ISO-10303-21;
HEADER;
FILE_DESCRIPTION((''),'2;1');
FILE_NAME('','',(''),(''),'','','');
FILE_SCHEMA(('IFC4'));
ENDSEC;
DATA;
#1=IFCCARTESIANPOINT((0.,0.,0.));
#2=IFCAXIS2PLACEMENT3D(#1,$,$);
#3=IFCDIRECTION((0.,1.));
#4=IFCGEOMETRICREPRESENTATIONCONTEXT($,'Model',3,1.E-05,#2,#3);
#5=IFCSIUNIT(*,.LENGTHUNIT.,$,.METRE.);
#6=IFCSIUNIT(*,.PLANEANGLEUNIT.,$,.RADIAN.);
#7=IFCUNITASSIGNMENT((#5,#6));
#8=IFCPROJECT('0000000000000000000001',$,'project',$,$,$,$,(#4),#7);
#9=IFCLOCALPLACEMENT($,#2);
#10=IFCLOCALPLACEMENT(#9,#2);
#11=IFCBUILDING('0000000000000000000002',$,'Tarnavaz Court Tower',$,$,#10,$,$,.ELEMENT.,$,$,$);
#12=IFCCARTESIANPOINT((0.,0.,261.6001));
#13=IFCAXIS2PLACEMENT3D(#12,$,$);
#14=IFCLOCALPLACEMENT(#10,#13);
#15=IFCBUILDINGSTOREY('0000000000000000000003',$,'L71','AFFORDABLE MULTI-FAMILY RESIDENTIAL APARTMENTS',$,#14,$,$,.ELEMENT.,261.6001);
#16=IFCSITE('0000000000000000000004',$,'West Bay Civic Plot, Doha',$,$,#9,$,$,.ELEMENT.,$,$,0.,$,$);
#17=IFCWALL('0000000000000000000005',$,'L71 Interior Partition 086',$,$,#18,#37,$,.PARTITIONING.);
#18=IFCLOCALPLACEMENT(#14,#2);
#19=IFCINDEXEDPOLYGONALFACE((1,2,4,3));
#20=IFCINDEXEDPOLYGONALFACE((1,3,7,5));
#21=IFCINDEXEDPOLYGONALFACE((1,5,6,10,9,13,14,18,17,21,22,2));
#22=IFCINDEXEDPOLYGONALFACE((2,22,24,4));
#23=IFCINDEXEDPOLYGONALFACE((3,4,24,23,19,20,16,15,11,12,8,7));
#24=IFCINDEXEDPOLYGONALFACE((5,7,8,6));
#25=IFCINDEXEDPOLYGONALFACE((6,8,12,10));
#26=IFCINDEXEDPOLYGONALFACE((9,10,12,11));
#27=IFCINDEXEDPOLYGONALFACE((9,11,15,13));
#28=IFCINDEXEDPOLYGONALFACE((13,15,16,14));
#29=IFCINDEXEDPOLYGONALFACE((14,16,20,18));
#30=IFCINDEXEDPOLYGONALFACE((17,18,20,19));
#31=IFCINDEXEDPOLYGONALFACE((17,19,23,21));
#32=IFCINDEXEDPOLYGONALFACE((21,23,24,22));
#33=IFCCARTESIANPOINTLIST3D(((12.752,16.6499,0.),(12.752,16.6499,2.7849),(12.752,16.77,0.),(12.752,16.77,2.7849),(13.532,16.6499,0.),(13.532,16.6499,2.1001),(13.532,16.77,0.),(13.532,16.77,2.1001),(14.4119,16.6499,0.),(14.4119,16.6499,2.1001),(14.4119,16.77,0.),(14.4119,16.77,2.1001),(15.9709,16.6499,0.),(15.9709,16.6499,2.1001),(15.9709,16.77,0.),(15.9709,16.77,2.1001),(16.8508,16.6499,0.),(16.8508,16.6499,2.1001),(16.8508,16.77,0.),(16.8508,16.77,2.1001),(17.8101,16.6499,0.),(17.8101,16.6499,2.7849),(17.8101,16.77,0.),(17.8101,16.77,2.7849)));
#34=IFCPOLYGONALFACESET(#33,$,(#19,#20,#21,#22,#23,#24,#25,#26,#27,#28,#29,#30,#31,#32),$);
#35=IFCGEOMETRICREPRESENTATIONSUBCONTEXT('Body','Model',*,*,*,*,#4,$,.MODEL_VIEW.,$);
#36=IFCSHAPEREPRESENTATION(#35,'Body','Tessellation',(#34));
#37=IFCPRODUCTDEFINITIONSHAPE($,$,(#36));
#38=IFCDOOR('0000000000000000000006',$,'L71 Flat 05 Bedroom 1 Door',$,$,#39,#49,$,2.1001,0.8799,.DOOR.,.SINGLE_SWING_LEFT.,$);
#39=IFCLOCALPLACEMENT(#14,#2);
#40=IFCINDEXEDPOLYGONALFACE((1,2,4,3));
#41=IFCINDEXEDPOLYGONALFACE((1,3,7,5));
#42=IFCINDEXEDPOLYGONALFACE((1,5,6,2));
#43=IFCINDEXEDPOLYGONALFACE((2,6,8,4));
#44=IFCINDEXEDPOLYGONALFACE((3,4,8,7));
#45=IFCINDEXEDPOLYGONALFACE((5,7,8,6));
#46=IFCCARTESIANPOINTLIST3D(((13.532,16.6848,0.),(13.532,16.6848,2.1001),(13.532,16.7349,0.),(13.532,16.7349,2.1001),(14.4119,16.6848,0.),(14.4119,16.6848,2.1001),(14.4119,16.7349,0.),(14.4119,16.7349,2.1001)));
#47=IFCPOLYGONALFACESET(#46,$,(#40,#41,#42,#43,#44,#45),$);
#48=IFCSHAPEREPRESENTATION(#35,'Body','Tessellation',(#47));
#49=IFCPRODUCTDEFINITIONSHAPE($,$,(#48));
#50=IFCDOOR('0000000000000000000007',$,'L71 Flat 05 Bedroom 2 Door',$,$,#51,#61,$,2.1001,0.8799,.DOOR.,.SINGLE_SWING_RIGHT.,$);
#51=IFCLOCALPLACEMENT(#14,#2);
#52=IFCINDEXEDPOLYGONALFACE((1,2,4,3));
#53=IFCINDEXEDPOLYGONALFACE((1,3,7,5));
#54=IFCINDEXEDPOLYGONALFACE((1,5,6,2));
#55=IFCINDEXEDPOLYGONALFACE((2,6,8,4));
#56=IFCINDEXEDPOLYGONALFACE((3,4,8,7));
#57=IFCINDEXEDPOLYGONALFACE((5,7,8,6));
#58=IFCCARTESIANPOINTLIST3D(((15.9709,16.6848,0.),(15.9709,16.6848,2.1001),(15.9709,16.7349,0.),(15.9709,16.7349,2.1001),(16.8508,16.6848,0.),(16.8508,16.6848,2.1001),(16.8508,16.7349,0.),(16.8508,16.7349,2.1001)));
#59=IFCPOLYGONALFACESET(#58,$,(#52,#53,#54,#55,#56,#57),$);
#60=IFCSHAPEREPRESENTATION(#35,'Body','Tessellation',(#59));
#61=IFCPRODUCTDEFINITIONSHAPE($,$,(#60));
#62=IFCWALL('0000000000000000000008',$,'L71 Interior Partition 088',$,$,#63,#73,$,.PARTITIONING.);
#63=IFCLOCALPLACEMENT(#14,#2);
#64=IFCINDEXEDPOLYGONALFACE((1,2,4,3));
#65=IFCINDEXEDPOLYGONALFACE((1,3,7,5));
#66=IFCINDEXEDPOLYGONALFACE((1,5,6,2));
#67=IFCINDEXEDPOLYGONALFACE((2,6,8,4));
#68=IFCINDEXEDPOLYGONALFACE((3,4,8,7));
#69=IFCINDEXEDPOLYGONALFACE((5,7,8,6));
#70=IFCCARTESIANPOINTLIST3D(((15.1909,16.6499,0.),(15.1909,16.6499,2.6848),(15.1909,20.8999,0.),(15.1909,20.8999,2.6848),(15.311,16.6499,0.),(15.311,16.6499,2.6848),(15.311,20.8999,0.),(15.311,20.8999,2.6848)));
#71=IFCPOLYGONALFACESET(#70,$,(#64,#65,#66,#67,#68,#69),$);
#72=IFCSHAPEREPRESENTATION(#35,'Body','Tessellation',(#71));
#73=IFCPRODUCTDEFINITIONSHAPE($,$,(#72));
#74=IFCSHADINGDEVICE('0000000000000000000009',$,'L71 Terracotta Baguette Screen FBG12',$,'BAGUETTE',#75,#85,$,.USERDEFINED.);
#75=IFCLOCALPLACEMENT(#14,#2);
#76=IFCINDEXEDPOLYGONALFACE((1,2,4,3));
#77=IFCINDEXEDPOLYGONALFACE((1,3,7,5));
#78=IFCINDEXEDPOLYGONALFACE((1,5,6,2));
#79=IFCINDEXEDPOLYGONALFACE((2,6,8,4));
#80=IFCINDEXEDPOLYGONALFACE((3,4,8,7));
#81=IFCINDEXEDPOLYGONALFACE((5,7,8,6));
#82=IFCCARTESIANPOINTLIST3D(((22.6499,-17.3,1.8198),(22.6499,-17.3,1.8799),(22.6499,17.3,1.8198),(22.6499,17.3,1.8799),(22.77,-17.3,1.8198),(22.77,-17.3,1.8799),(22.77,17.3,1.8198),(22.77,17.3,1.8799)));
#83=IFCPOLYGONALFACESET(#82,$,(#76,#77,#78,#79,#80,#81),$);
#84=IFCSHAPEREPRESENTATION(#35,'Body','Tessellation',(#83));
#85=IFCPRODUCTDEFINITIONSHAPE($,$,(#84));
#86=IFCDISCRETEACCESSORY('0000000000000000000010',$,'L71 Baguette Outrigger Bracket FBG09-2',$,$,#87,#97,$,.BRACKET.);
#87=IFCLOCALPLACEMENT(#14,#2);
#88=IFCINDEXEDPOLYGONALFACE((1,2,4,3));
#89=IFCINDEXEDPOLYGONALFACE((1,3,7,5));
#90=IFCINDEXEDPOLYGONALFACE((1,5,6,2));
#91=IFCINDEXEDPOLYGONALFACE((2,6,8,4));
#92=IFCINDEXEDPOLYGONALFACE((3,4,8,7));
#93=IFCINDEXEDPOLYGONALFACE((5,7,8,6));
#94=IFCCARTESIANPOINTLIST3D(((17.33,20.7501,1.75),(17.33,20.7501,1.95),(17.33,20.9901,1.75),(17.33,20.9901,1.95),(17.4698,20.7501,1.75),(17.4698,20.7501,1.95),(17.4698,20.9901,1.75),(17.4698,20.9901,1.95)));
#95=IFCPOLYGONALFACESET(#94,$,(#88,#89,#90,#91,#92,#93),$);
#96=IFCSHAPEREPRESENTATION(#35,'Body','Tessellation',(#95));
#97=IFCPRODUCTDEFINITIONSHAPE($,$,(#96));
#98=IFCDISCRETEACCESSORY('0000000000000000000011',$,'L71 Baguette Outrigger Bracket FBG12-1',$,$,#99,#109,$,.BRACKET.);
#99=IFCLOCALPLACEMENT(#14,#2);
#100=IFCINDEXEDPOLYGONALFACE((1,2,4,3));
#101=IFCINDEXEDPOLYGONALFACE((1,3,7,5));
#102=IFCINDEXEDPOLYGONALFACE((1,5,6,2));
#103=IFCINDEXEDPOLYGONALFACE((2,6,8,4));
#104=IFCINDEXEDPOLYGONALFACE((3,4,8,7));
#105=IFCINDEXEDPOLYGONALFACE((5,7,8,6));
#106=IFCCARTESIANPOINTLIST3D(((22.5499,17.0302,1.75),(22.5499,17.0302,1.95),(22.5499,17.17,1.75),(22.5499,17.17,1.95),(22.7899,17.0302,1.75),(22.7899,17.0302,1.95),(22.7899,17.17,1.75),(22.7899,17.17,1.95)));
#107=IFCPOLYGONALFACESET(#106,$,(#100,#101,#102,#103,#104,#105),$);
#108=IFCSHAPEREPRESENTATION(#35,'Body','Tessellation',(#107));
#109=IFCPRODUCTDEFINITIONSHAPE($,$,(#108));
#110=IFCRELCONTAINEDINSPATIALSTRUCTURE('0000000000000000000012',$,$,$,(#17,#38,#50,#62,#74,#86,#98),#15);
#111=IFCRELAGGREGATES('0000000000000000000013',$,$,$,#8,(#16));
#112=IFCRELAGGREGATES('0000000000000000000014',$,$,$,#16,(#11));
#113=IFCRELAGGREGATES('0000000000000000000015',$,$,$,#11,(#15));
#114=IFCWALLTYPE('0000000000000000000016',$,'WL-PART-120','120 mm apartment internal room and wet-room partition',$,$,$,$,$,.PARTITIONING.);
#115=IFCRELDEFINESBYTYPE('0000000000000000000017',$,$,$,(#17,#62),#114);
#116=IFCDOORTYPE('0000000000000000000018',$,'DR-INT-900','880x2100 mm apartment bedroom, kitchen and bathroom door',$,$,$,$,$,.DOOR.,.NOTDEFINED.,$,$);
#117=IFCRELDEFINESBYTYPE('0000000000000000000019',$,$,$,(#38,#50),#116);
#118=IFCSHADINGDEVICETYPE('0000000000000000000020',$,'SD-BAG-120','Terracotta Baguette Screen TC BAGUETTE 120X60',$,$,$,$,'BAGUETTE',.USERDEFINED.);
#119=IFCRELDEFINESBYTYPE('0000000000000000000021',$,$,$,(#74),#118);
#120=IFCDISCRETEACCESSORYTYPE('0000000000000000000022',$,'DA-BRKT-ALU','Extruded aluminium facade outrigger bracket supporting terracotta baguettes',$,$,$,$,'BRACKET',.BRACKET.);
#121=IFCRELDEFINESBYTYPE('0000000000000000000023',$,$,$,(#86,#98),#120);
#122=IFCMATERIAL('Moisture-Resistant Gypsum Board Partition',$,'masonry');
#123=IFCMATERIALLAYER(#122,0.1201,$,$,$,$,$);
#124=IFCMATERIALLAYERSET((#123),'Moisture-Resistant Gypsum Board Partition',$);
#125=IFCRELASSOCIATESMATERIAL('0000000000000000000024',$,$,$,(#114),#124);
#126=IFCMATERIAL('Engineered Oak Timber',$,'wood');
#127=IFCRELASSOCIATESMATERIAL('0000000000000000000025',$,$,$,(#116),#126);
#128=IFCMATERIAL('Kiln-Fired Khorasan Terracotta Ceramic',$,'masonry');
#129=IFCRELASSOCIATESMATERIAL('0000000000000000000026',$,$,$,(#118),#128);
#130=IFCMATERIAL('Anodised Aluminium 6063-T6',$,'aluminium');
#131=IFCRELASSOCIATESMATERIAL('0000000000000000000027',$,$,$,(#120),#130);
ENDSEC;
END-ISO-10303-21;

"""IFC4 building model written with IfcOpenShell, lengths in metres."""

from ifc_helpers import new_model, si_unit, direction, frame, frame_2d, origin, origin_2d, place, context, subcontext, project, spatial, rectangle, extrude, material, layer, layer_set, material_profile, profile_set, type_object, element, fill, save


model = new_model("IFC4")

# Units and contexts
model_context = context("Model", 3, precision=1e-05, world=origin(), true_north=direction((0.0, 1.0)))
body_context = subcontext(model_context, "Body", "Model", "MODEL_VIEW")
ifc_project = project(units=[si_unit("LENGTHUNIT", "METRE"), si_unit("PLANEANGLEUNIT", "RADIAN")], contexts=[model_context])

# Site, building, storey
site_placement = place(None, origin())
site = spatial("IfcSite", under=ifc_project, at=site_placement, Name="West Bay Civic Plot, Doha", CompositionType="ELEMENT", RefElevation=0.0)
building_placement = place(site_placement, origin())
building = spatial("IfcBuilding", under=site, at=building_placement, Name="Tarnavaz Court Tower", CompositionType="ELEMENT")
storey_placement = place(building_placement, frame((0.0, 0.0, 261.6001)))
storey = spatial("IfcBuildingStorey", under=building, at=storey_placement, Name="L71", Description="AFFORDABLE MULTI-FAMILY RESIDENTIAL APARTMENTS", CompositionType="ELEMENT", Elevation=261.6001)

# Shared definitions
ifc_material_1 = material(Name="Moisture-Resistant Gypsum Board Partition", Category="masonry")
ifc_layer_1 = layer(ifc_material_1, 0.1201)
ifc_layer_set_1 = layer_set([ifc_layer_1], Name="Moisture-Resistant Gypsum Board Partition")
wall_type_1 = type_object("IfcWallType", Name="WL-PART-120", Description="120 mm apartment internal room and wet-room partition", PredefinedType="PARTITIONING", material=ifc_layer_set_1)
ifc_material_2 = material(Name="Engineered Oak Timber", Category="wood")
door_type = type_object("IfcDoorType", Name="DR-INT-900", Description="880x2100 mm apartment bedroom, kitchen and bathroom door", OperationType="NOTDEFINED", PredefinedType="DOOR", material=ifc_material_2)

# Wall, openings, doors
wall_1_placement = place(storey_placement, frame((12.752, 16.71, 0.0), z_axis=(0.0, 0.0, 1.0), x_axis=(1.0, 0.0, 0.0)))
wall_1 = element("IfcWall", 1, at=wall_1_placement, inside=storey, type_object=wall_type_1, Name="L71 Interior Partition 086", PredefinedType="PARTITIONING", context=body_context, shape_type="SweptSolid", body=[
    extrude(rectangle(XDim=5.0581, YDim=0.1201, at=frame_2d((2.5291, 0.0))), origin(), (0.0, 0.0, 1.0), 2.7849),
])
opening_1_placement = place(wall_1_placement, frame((0.78, 0.0, 0.0)))
opening_1 = element("IfcOpeningElement", 2, at=opening_1_placement, cuts=wall_1, PredefinedType="OPENING", context=body_context, shape_type="SweptSolid", body=[
    extrude(rectangle(XDim=0.8799, YDim=2.1001, at=frame_2d((0.4399, 1.05))), frame((0.0, 0.0701, 0.0), z_axis=(0.0, -1.0, 0.0), x_axis=(1.0, 0.0, 0.0)), (0.0, 0.0, 1.0), 0.1401),
])
opening_2_placement = place(wall_1_placement, frame((3.219, 0.0, 0.0)))
opening_2 = element("IfcOpeningElement", 3, at=opening_2_placement, cuts=wall_1, PredefinedType="OPENING", context=body_context, shape_type="SweptSolid", body=[
    extrude(rectangle(XDim=0.8799, YDim=2.1001, at=frame_2d((0.4399, 1.05))), frame((0.0, 0.0701, 0.0), z_axis=(0.0, -1.0, 0.0), x_axis=(1.0, 0.0, 0.0)), (0.0, 0.0, 1.0), 0.1401),
])
door_1_placement = place(opening_1_placement, origin())
door_1 = element("IfcDoor", 4, at=door_1_placement, inside=storey, type_object=door_type, Name="L71 Flat 05 Bedroom 1 Door", OperationType="SINGLE_SWING_LEFT", OverallHeight=2.1001, OverallWidth=0.8799, PredefinedType="DOOR", context=body_context, shape_type="SweptSolid", body=[
    extrude(rectangle(XDim=0.8799, YDim=2.1001, at=frame_2d((0.4399, 1.05))), frame((0.0, 0.0249, 0.0), z_axis=(0.0, -1.0, 0.0), x_axis=(1.0, 0.0, 0.0)), (0.0, 0.0, 1.0), 0.05),
])
fill(opening_1, door_1)
door_2_placement = place(opening_2_placement, origin())
door_2 = element("IfcDoor", 5, at=door_2_placement, inside=storey, type_object=door_type, Name="L71 Flat 05 Bedroom 2 Door", OperationType="SINGLE_SWING_RIGHT", OverallHeight=2.1001, OverallWidth=0.8799, PredefinedType="DOOR", context=body_context, shape_type="SweptSolid", body=[
    extrude(rectangle(XDim=0.8799, YDim=2.1001, at=frame_2d((0.4399, 1.05))), frame((0.0, 0.0249, 0.0), z_axis=(0.0, -1.0, 0.0), x_axis=(1.0, 0.0, 0.0)), (0.0, 0.0, 1.0), 0.05),
])
fill(opening_2, door_2)

# Wall
wall_2_placement = place(storey_placement, frame((15.251, 16.6499, 0.0), z_axis=(0.0, 0.0, 1.0), x_axis=(0.0, 1.0, 0.0)))
element("IfcWall", 6, at=wall_2_placement, inside=storey, type_object=wall_type_1, Name="L71 Interior Partition 088", PredefinedType="PARTITIONING", context=body_context, shape_type="SweptSolid", body=[
    extrude(rectangle(XDim=4.25, YDim=0.1201, at=frame_2d((2.125, 0.0))), origin(), (0.0, 0.0, 1.0), 2.6848),
])

# Shading device
ifc_material_3 = material(Name="Kiln-Fired Khorasan Terracotta Ceramic", Category="masonry")
ifc_material_profile_1 = material_profile(ifc_material_3, rectangle(XDim=0.1201, YDim=0.0601, at=origin_2d()), Name="TC BAGUETTE 120X60")
ifc_profile_set_1 = profile_set([ifc_material_profile_1], Name="Kiln-Fired Khorasan Terracotta Ceramic")
shading_device_type = type_object("IfcShadingDeviceType", Name="SD-BAG-120", Description="Terracotta Baguette Screen TC BAGUETTE 120X60", ElementType="BAGUETTE", PredefinedType="USERDEFINED", material=ifc_profile_set_1)
shading_device_placement = place(storey_placement, frame((22.71, 17.3, 1.8499), z_axis=(0.0, -1.0, 0.0), x_axis=(1.0, 0.0, 0.0)))
element("IfcShadingDevice", 7, at=shading_device_placement, inside=storey, type_object=shading_device_type, Name="L71 Terracotta Baguette Screen FBG12", ObjectType="BAGUETTE", PredefinedType="USERDEFINED", context=body_context, shape_type="SweptSolid", body=[
    extrude(rectangle(XDim=0.1201, YDim=0.0601, at=origin_2d()), origin(), (0.0, 0.0, 1.0), 34.6001),
])

# Discrete accessories
ifc_material_4 = material(Name="Anodised Aluminium 6063-T6", Category="aluminium")
discrete_accessory_type = type_object("IfcDiscreteAccessoryType", Name="DA-BRKT-ALU", Description="Extruded aluminium facade outrigger bracket supporting terracotta baguettes", ElementType="BRACKET", PredefinedType="BRACKET", material=ifc_material_4)
for number, where, z_axis, x_axis, name in (
    (8, (17.3999, 20.8701, 1.75), (0.0, 0.0, 1.0), (1.0, 0.0, 0.0), "L71 Baguette Outrigger Bracket FBG09-2"),
    (9, (22.6699, 17.1001, 1.75), (0.0, 0.0, 1.0), (0.0, -1.0, 0.0), "L71 Baguette Outrigger Bracket FBG12-1"),
):
    element("IfcDiscreteAccessory", number, at=place(storey_placement, frame(where, z_axis=z_axis, x_axis=x_axis)), inside=storey, type_object=discrete_accessory_type, Name=name, PredefinedType="BRACKET", context=body_context, shape_type="SweptSolid", body=[
        extrude(rectangle(XDim=0.1399, YDim=0.24, at=origin_2d()), origin(), (0.0, 0.0, 1.0), 0.2),
    ])

save(model, "model.ifc")
